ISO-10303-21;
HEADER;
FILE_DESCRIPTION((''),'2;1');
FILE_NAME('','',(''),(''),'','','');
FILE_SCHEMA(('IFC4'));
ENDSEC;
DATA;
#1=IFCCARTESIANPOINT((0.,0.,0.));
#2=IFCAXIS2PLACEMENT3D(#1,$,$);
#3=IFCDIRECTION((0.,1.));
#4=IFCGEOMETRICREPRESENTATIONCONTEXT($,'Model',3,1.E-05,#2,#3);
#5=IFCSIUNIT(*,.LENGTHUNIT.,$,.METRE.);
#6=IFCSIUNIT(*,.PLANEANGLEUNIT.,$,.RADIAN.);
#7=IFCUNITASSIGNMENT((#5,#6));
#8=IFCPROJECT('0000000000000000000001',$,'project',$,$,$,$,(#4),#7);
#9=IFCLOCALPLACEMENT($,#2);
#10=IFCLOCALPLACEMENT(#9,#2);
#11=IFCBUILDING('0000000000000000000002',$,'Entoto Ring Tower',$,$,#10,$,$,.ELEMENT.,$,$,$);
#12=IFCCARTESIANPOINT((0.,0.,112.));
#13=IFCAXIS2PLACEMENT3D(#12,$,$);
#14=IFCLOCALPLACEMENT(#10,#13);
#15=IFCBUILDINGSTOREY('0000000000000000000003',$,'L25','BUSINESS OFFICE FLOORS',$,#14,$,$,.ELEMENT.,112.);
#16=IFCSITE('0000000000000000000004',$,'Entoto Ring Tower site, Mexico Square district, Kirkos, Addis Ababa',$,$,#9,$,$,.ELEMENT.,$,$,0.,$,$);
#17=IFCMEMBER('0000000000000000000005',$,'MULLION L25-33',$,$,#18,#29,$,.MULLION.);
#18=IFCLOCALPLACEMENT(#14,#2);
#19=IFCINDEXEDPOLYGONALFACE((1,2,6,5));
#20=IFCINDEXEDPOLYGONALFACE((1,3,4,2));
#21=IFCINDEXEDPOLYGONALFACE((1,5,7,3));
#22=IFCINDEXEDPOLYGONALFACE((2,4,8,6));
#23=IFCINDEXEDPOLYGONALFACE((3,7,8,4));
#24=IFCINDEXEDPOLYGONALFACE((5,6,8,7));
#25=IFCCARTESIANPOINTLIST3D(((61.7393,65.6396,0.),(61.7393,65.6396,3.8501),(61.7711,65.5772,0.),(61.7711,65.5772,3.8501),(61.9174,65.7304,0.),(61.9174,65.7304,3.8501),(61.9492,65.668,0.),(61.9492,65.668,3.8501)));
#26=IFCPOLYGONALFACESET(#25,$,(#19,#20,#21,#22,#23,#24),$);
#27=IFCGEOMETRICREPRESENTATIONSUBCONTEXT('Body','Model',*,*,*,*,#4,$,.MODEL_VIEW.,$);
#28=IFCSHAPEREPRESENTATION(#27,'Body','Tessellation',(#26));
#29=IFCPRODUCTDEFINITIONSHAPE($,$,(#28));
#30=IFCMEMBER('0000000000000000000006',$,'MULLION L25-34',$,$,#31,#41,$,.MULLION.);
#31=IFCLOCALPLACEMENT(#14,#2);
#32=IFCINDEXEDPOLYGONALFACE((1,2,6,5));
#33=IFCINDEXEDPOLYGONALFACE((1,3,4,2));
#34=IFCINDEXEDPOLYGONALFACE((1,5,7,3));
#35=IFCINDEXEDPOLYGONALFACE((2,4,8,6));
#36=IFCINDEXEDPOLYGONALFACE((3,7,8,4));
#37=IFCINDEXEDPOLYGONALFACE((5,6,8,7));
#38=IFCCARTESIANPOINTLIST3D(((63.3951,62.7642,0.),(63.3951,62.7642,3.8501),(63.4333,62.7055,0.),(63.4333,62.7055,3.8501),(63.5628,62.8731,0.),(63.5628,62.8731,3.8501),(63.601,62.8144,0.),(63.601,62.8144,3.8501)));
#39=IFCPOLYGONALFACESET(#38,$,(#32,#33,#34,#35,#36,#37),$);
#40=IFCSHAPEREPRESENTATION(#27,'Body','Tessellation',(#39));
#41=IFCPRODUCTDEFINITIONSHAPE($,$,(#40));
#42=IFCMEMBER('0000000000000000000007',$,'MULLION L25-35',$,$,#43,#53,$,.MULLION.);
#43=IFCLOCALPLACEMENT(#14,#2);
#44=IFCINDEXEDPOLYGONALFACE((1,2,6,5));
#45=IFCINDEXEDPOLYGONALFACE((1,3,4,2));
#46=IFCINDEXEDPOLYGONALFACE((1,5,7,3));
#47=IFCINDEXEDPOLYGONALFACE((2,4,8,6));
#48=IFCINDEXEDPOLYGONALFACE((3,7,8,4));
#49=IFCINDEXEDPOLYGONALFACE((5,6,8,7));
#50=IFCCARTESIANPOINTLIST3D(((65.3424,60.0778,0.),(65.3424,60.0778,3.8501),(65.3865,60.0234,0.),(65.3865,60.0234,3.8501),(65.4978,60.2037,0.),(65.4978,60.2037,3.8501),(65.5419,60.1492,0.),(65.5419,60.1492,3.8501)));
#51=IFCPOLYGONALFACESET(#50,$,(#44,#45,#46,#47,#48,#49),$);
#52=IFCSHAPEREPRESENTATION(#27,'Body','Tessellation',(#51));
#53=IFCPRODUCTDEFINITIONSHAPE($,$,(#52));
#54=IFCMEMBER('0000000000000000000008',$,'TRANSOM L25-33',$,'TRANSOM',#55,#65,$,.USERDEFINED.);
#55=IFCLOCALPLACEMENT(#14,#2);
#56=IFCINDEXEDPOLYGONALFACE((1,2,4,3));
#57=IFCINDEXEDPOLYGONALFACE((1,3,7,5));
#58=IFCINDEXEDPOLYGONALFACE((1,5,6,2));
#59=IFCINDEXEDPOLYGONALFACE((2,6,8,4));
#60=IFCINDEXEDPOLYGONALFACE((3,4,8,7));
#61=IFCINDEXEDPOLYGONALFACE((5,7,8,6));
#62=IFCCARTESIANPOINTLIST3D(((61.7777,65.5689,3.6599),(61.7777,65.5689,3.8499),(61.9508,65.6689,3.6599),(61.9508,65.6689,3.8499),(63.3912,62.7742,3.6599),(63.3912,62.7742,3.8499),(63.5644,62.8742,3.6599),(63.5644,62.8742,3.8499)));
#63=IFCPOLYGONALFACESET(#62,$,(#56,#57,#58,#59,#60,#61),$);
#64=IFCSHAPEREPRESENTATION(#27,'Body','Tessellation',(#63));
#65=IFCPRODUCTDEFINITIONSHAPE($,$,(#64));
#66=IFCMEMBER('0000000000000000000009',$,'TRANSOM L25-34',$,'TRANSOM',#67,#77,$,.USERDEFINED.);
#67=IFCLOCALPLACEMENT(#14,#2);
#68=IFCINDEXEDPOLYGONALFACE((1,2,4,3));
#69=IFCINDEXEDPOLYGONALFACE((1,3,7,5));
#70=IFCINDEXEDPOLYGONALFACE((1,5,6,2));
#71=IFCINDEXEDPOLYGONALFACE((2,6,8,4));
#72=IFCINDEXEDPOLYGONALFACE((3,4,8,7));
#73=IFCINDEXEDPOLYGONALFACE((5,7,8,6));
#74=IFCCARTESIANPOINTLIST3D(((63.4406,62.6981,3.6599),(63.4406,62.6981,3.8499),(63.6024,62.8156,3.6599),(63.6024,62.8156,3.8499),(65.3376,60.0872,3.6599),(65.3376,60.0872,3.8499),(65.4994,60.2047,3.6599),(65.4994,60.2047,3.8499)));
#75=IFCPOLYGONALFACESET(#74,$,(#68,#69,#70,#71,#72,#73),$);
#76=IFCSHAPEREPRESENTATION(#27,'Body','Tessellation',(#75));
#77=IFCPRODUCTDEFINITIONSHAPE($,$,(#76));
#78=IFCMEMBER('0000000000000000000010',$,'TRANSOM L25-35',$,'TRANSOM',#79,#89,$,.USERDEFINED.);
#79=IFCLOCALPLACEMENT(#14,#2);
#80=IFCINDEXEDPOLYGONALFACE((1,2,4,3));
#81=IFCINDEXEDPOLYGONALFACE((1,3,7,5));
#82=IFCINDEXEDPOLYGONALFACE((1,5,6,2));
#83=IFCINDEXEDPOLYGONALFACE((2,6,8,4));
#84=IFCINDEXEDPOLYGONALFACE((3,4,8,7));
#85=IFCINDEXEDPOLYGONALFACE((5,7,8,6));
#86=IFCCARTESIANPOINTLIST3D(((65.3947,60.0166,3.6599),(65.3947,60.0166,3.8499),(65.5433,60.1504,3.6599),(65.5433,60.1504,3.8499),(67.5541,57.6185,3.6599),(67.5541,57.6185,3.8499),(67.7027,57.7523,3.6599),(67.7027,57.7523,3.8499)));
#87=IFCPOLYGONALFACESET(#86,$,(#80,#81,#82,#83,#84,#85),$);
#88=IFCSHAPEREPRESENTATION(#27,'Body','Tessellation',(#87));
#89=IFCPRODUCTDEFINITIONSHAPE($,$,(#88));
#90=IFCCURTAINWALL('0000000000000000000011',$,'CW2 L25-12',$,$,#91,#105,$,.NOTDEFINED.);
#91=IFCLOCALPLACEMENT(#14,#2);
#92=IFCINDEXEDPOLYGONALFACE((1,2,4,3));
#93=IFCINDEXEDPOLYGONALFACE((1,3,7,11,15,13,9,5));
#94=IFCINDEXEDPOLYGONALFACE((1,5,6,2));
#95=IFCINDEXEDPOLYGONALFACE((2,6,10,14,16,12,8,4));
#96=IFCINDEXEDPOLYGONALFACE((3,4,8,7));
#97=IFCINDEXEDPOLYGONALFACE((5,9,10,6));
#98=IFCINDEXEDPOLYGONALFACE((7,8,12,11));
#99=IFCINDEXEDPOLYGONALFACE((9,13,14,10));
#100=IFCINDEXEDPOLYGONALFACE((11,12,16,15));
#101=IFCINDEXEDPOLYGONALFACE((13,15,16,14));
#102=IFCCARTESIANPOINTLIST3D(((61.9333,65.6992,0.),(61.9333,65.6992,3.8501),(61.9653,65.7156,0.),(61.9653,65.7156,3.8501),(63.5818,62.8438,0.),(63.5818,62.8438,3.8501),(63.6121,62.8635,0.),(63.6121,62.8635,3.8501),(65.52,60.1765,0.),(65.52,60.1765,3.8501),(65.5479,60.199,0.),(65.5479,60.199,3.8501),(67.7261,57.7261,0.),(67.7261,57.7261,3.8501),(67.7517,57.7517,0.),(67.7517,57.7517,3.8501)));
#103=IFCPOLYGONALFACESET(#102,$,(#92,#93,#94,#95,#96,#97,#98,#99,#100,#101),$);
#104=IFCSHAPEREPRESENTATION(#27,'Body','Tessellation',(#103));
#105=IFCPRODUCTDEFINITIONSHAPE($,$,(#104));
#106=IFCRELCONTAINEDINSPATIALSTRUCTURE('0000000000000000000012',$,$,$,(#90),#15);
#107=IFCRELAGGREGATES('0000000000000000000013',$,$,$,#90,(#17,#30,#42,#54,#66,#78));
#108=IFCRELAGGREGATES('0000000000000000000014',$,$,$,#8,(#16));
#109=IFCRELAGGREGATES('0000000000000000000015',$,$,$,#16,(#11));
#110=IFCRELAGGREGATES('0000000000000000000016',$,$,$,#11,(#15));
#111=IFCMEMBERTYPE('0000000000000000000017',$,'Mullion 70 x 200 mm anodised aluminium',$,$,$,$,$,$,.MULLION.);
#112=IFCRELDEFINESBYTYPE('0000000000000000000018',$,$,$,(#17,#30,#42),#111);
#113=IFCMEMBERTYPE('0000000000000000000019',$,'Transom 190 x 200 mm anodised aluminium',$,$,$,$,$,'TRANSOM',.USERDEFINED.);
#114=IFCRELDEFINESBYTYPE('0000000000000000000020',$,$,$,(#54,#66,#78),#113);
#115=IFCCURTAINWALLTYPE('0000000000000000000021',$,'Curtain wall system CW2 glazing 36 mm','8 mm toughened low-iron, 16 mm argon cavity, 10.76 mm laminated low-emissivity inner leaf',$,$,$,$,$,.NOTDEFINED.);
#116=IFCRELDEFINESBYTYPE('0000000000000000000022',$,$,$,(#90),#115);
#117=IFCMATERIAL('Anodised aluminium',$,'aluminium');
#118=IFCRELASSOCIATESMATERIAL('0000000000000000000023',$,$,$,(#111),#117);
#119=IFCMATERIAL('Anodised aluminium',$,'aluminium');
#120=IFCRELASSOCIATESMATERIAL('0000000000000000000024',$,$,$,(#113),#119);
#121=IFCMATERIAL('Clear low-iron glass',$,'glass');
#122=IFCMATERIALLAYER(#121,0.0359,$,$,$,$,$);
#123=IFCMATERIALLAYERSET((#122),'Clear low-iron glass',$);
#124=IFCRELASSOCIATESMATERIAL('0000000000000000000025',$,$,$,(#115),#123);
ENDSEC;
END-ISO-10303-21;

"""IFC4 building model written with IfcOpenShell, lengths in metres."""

from ifc_helpers import new_model, si_unit, direction, frame, origin, origin_2d, place, context, subcontext, project, spatial, polyline, rectangle, outline, extrude, material, layer, layer_set, material_profile, profile_set, type_object, element, aggregate, save


model = new_model("IFC4")

# Units and contexts
model_context = context("Model", 3, precision=1e-05, world=origin(), true_north=direction((0.0, 1.0)))
body_context = subcontext(model_context, "Body", "Model", "MODEL_VIEW")
ifc_project = project(units=[si_unit("LENGTHUNIT", "METRE"), si_unit("PLANEANGLEUNIT", "RADIAN")], contexts=[model_context])

# Members
ifc_material_1 = material(Name="Anodised aluminium", Category="aluminium")
ifc_material_profile_1 = material_profile(ifc_material_1, rectangle(XDim=0.0701, YDim=0.2, at=origin_2d()), Name="Mullion 70 x 200 mm anodised aluminium")
ifc_profile_set_1 = profile_set([ifc_material_profile_1], Name="Anodised aluminium")
member_type_1 = type_object("IfcMemberType", Name="Mullion 70 x 200 mm anodised aluminium", PredefinedType="MULLION", material=ifc_profile_set_1)
site_placement = place(None, origin())
building_placement = place(site_placement, origin())
storey_placement = place(building_placement, frame((0.0, 0.0, 112.0)))
member_1_placement = place(storey_placement, frame((61.8442, 65.6538, 0.0), z_axis=(0.0, 0.0, 1.0), x_axis=(0.45399, -0.891007, 0.0)))
member_1 = element("IfcMember", 1, at=member_1_placement, type_object=member_type_1, Name="MULLION L25-33", PredefinedType="MULLION", context=body_context, shape_type="SweptSolid", body=[
    extrude(rectangle(XDim=0.0701, YDim=0.2, at=origin_2d()), origin(), (0.0, 0.0, 1.0), 3.8501),
])
member_2_placement = place(storey_placement, frame((63.498, 62.7893, 0.0), z_axis=(0.0, 0.0, 1.0), x_axis=(0.544639, -0.838671, 0.0)))
member_2 = element("IfcMember", 2, at=member_2_placement, type_object=member_type_1, Name="MULLION L25-34", PredefinedType="MULLION", context=body_context, shape_type="SweptSolid", body=[
    extrude(rectangle(XDim=0.0701, YDim=0.2, at=origin_2d()), origin(), (0.0, 0.0, 1.0), 3.8501),
])
member_3_placement = place(storey_placement, frame((65.4421, 60.1135, 0.0), z_axis=(0.0, 0.0, 1.0), x_axis=(0.62932, -0.777146, 0.0)))
member_3 = element("IfcMember", 3, at=member_3_placement, type_object=member_type_1, Name="MULLION L25-35", PredefinedType="MULLION", context=body_context, shape_type="SweptSolid", body=[
    extrude(rectangle(XDim=0.0701, YDim=0.2, at=origin_2d()), origin(), (0.0, 0.0, 1.0), 3.8501),
])
ifc_material_2 = material(Name="Anodised aluminium", Category="aluminium")
ifc_material_profile_2 = material_profile(ifc_material_2, rectangle(XDim=0.2, YDim=0.1899, at=origin_2d()), Name="Transom 190 x 200 mm anodised aluminium")
ifc_profile_set_2 = profile_set([ifc_material_profile_2], Name="Anodised aluminium")
member_type_2 = type_object("IfcMemberType", Name="Transom 190 x 200 mm anodised aluminium", ElementType="TRANSOM", PredefinedType="USERDEFINED", material=ifc_profile_set_2)
member_4_placement = place(storey_placement, frame((61.8643, 65.6189, 3.7549), z_axis=(0.500004, -0.866023, 0.0), x_axis=(0.866023, 0.500004, 0.0)))
member_4 = element("IfcMember", 4, at=member_4_placement, type_object=member_type_2, Name="TRANSOM L25-33", ObjectType="TRANSOM", PredefinedType="USERDEFINED", context=body_context, shape_type="SweptSolid", body=[
    extrude(rectangle(XDim=0.2, YDim=0.1899, at=origin_2d()), origin(), (0.0, 0.0, 1.0), 3.2271),
])
member_5_placement = place(storey_placement, frame((63.5215, 62.7568, 3.7549), z_axis=(0.587803, -0.809004, 0.0), x_axis=(0.809004, 0.587803, 0.0)))
member_5 = element("IfcMember", 5, at=member_5_placement, type_object=member_type_2, Name="TRANSOM L25-34", ObjectType="TRANSOM", PredefinedType="USERDEFINED", context=body_context, shape_type="SweptSolid", body=[
    extrude(rectangle(XDim=0.2, YDim=0.1899, at=origin_2d()), origin(), (0.0, 0.0, 1.0), 3.2273),
])
member_6_placement = place(storey_placement, frame((65.469, 60.0835, 3.7549), z_axis=(0.669144, -0.743132, 0.0), x_axis=(0.743132, 0.669144, 0.0)))
member_6 = element("IfcMember", 6, at=member_6_placement, type_object=member_type_2, Name="TRANSOM L25-35", ObjectType="TRANSOM", PredefinedType="USERDEFINED", context=body_context, shape_type="SweptSolid", body=[
    extrude(rectangle(XDim=0.2, YDim=0.1899, at=origin_2d()), origin(), (0.0, 0.0, 1.0), 3.2271),
])

# Site, building, storey
site = spatial("IfcSite", under=ifc_project, at=site_placement, Name="Entoto Ring Tower site, Mexico Square district, Kirkos, Addis Ababa", CompositionType="ELEMENT", RefElevation=0.0)
building = spatial("IfcBuilding", under=site, at=building_placement, Name="Entoto Ring Tower", CompositionType="ELEMENT")
storey = spatial("IfcBuildingStorey", under=building, at=storey_placement, Name="L25", Description="BUSINESS OFFICE FLOORS", CompositionType="ELEMENT", Elevation=112.0)

# Curtain wall
ifc_material_3 = material(Name="Clear low-iron glass", Category="glass")
ifc_layer = layer(ifc_material_3, 0.0359)
ifc_layer_set = layer_set([ifc_layer], Name="Clear low-iron glass")
curtain_wall_type = type_object("IfcCurtainWallType", Name="Curtain wall system CW2 glazing 36 mm", Description="8 mm toughened low-iron, 16 mm argon cavity, 10.76 mm laminated low-emissivity inner leaf", PredefinedType="NOTDEFINED", material=ifc_layer_set)
curtain_wall_1_placement = place(storey_placement, origin())
curtain_wall_1 = element("IfcCurtainWall", 7, at=curtain_wall_1_placement, inside=storey, type_object=curtain_wall_type, Name="CW2 L25-12", PredefinedType="NOTDEFINED", context=body_context, shape_type="SweptSolid", body=[
    extrude(outline(polyline([(61.9333, 65.6992), (63.5818, 62.8438), (65.52, 60.1765), (67.7261, 57.7261), (67.7517, 57.7517), (65.5479, 60.199), (63.6121, 62.8635), (61.9653, 65.7156), (61.9333, 65.6992)])), origin(), (0.0, 0.0, 1.0), 3.8501),
])
aggregate(curtain_wall_1, [member_1, member_2, member_3, member_4, member_5, member_6])

save(model, "model.ifc")
